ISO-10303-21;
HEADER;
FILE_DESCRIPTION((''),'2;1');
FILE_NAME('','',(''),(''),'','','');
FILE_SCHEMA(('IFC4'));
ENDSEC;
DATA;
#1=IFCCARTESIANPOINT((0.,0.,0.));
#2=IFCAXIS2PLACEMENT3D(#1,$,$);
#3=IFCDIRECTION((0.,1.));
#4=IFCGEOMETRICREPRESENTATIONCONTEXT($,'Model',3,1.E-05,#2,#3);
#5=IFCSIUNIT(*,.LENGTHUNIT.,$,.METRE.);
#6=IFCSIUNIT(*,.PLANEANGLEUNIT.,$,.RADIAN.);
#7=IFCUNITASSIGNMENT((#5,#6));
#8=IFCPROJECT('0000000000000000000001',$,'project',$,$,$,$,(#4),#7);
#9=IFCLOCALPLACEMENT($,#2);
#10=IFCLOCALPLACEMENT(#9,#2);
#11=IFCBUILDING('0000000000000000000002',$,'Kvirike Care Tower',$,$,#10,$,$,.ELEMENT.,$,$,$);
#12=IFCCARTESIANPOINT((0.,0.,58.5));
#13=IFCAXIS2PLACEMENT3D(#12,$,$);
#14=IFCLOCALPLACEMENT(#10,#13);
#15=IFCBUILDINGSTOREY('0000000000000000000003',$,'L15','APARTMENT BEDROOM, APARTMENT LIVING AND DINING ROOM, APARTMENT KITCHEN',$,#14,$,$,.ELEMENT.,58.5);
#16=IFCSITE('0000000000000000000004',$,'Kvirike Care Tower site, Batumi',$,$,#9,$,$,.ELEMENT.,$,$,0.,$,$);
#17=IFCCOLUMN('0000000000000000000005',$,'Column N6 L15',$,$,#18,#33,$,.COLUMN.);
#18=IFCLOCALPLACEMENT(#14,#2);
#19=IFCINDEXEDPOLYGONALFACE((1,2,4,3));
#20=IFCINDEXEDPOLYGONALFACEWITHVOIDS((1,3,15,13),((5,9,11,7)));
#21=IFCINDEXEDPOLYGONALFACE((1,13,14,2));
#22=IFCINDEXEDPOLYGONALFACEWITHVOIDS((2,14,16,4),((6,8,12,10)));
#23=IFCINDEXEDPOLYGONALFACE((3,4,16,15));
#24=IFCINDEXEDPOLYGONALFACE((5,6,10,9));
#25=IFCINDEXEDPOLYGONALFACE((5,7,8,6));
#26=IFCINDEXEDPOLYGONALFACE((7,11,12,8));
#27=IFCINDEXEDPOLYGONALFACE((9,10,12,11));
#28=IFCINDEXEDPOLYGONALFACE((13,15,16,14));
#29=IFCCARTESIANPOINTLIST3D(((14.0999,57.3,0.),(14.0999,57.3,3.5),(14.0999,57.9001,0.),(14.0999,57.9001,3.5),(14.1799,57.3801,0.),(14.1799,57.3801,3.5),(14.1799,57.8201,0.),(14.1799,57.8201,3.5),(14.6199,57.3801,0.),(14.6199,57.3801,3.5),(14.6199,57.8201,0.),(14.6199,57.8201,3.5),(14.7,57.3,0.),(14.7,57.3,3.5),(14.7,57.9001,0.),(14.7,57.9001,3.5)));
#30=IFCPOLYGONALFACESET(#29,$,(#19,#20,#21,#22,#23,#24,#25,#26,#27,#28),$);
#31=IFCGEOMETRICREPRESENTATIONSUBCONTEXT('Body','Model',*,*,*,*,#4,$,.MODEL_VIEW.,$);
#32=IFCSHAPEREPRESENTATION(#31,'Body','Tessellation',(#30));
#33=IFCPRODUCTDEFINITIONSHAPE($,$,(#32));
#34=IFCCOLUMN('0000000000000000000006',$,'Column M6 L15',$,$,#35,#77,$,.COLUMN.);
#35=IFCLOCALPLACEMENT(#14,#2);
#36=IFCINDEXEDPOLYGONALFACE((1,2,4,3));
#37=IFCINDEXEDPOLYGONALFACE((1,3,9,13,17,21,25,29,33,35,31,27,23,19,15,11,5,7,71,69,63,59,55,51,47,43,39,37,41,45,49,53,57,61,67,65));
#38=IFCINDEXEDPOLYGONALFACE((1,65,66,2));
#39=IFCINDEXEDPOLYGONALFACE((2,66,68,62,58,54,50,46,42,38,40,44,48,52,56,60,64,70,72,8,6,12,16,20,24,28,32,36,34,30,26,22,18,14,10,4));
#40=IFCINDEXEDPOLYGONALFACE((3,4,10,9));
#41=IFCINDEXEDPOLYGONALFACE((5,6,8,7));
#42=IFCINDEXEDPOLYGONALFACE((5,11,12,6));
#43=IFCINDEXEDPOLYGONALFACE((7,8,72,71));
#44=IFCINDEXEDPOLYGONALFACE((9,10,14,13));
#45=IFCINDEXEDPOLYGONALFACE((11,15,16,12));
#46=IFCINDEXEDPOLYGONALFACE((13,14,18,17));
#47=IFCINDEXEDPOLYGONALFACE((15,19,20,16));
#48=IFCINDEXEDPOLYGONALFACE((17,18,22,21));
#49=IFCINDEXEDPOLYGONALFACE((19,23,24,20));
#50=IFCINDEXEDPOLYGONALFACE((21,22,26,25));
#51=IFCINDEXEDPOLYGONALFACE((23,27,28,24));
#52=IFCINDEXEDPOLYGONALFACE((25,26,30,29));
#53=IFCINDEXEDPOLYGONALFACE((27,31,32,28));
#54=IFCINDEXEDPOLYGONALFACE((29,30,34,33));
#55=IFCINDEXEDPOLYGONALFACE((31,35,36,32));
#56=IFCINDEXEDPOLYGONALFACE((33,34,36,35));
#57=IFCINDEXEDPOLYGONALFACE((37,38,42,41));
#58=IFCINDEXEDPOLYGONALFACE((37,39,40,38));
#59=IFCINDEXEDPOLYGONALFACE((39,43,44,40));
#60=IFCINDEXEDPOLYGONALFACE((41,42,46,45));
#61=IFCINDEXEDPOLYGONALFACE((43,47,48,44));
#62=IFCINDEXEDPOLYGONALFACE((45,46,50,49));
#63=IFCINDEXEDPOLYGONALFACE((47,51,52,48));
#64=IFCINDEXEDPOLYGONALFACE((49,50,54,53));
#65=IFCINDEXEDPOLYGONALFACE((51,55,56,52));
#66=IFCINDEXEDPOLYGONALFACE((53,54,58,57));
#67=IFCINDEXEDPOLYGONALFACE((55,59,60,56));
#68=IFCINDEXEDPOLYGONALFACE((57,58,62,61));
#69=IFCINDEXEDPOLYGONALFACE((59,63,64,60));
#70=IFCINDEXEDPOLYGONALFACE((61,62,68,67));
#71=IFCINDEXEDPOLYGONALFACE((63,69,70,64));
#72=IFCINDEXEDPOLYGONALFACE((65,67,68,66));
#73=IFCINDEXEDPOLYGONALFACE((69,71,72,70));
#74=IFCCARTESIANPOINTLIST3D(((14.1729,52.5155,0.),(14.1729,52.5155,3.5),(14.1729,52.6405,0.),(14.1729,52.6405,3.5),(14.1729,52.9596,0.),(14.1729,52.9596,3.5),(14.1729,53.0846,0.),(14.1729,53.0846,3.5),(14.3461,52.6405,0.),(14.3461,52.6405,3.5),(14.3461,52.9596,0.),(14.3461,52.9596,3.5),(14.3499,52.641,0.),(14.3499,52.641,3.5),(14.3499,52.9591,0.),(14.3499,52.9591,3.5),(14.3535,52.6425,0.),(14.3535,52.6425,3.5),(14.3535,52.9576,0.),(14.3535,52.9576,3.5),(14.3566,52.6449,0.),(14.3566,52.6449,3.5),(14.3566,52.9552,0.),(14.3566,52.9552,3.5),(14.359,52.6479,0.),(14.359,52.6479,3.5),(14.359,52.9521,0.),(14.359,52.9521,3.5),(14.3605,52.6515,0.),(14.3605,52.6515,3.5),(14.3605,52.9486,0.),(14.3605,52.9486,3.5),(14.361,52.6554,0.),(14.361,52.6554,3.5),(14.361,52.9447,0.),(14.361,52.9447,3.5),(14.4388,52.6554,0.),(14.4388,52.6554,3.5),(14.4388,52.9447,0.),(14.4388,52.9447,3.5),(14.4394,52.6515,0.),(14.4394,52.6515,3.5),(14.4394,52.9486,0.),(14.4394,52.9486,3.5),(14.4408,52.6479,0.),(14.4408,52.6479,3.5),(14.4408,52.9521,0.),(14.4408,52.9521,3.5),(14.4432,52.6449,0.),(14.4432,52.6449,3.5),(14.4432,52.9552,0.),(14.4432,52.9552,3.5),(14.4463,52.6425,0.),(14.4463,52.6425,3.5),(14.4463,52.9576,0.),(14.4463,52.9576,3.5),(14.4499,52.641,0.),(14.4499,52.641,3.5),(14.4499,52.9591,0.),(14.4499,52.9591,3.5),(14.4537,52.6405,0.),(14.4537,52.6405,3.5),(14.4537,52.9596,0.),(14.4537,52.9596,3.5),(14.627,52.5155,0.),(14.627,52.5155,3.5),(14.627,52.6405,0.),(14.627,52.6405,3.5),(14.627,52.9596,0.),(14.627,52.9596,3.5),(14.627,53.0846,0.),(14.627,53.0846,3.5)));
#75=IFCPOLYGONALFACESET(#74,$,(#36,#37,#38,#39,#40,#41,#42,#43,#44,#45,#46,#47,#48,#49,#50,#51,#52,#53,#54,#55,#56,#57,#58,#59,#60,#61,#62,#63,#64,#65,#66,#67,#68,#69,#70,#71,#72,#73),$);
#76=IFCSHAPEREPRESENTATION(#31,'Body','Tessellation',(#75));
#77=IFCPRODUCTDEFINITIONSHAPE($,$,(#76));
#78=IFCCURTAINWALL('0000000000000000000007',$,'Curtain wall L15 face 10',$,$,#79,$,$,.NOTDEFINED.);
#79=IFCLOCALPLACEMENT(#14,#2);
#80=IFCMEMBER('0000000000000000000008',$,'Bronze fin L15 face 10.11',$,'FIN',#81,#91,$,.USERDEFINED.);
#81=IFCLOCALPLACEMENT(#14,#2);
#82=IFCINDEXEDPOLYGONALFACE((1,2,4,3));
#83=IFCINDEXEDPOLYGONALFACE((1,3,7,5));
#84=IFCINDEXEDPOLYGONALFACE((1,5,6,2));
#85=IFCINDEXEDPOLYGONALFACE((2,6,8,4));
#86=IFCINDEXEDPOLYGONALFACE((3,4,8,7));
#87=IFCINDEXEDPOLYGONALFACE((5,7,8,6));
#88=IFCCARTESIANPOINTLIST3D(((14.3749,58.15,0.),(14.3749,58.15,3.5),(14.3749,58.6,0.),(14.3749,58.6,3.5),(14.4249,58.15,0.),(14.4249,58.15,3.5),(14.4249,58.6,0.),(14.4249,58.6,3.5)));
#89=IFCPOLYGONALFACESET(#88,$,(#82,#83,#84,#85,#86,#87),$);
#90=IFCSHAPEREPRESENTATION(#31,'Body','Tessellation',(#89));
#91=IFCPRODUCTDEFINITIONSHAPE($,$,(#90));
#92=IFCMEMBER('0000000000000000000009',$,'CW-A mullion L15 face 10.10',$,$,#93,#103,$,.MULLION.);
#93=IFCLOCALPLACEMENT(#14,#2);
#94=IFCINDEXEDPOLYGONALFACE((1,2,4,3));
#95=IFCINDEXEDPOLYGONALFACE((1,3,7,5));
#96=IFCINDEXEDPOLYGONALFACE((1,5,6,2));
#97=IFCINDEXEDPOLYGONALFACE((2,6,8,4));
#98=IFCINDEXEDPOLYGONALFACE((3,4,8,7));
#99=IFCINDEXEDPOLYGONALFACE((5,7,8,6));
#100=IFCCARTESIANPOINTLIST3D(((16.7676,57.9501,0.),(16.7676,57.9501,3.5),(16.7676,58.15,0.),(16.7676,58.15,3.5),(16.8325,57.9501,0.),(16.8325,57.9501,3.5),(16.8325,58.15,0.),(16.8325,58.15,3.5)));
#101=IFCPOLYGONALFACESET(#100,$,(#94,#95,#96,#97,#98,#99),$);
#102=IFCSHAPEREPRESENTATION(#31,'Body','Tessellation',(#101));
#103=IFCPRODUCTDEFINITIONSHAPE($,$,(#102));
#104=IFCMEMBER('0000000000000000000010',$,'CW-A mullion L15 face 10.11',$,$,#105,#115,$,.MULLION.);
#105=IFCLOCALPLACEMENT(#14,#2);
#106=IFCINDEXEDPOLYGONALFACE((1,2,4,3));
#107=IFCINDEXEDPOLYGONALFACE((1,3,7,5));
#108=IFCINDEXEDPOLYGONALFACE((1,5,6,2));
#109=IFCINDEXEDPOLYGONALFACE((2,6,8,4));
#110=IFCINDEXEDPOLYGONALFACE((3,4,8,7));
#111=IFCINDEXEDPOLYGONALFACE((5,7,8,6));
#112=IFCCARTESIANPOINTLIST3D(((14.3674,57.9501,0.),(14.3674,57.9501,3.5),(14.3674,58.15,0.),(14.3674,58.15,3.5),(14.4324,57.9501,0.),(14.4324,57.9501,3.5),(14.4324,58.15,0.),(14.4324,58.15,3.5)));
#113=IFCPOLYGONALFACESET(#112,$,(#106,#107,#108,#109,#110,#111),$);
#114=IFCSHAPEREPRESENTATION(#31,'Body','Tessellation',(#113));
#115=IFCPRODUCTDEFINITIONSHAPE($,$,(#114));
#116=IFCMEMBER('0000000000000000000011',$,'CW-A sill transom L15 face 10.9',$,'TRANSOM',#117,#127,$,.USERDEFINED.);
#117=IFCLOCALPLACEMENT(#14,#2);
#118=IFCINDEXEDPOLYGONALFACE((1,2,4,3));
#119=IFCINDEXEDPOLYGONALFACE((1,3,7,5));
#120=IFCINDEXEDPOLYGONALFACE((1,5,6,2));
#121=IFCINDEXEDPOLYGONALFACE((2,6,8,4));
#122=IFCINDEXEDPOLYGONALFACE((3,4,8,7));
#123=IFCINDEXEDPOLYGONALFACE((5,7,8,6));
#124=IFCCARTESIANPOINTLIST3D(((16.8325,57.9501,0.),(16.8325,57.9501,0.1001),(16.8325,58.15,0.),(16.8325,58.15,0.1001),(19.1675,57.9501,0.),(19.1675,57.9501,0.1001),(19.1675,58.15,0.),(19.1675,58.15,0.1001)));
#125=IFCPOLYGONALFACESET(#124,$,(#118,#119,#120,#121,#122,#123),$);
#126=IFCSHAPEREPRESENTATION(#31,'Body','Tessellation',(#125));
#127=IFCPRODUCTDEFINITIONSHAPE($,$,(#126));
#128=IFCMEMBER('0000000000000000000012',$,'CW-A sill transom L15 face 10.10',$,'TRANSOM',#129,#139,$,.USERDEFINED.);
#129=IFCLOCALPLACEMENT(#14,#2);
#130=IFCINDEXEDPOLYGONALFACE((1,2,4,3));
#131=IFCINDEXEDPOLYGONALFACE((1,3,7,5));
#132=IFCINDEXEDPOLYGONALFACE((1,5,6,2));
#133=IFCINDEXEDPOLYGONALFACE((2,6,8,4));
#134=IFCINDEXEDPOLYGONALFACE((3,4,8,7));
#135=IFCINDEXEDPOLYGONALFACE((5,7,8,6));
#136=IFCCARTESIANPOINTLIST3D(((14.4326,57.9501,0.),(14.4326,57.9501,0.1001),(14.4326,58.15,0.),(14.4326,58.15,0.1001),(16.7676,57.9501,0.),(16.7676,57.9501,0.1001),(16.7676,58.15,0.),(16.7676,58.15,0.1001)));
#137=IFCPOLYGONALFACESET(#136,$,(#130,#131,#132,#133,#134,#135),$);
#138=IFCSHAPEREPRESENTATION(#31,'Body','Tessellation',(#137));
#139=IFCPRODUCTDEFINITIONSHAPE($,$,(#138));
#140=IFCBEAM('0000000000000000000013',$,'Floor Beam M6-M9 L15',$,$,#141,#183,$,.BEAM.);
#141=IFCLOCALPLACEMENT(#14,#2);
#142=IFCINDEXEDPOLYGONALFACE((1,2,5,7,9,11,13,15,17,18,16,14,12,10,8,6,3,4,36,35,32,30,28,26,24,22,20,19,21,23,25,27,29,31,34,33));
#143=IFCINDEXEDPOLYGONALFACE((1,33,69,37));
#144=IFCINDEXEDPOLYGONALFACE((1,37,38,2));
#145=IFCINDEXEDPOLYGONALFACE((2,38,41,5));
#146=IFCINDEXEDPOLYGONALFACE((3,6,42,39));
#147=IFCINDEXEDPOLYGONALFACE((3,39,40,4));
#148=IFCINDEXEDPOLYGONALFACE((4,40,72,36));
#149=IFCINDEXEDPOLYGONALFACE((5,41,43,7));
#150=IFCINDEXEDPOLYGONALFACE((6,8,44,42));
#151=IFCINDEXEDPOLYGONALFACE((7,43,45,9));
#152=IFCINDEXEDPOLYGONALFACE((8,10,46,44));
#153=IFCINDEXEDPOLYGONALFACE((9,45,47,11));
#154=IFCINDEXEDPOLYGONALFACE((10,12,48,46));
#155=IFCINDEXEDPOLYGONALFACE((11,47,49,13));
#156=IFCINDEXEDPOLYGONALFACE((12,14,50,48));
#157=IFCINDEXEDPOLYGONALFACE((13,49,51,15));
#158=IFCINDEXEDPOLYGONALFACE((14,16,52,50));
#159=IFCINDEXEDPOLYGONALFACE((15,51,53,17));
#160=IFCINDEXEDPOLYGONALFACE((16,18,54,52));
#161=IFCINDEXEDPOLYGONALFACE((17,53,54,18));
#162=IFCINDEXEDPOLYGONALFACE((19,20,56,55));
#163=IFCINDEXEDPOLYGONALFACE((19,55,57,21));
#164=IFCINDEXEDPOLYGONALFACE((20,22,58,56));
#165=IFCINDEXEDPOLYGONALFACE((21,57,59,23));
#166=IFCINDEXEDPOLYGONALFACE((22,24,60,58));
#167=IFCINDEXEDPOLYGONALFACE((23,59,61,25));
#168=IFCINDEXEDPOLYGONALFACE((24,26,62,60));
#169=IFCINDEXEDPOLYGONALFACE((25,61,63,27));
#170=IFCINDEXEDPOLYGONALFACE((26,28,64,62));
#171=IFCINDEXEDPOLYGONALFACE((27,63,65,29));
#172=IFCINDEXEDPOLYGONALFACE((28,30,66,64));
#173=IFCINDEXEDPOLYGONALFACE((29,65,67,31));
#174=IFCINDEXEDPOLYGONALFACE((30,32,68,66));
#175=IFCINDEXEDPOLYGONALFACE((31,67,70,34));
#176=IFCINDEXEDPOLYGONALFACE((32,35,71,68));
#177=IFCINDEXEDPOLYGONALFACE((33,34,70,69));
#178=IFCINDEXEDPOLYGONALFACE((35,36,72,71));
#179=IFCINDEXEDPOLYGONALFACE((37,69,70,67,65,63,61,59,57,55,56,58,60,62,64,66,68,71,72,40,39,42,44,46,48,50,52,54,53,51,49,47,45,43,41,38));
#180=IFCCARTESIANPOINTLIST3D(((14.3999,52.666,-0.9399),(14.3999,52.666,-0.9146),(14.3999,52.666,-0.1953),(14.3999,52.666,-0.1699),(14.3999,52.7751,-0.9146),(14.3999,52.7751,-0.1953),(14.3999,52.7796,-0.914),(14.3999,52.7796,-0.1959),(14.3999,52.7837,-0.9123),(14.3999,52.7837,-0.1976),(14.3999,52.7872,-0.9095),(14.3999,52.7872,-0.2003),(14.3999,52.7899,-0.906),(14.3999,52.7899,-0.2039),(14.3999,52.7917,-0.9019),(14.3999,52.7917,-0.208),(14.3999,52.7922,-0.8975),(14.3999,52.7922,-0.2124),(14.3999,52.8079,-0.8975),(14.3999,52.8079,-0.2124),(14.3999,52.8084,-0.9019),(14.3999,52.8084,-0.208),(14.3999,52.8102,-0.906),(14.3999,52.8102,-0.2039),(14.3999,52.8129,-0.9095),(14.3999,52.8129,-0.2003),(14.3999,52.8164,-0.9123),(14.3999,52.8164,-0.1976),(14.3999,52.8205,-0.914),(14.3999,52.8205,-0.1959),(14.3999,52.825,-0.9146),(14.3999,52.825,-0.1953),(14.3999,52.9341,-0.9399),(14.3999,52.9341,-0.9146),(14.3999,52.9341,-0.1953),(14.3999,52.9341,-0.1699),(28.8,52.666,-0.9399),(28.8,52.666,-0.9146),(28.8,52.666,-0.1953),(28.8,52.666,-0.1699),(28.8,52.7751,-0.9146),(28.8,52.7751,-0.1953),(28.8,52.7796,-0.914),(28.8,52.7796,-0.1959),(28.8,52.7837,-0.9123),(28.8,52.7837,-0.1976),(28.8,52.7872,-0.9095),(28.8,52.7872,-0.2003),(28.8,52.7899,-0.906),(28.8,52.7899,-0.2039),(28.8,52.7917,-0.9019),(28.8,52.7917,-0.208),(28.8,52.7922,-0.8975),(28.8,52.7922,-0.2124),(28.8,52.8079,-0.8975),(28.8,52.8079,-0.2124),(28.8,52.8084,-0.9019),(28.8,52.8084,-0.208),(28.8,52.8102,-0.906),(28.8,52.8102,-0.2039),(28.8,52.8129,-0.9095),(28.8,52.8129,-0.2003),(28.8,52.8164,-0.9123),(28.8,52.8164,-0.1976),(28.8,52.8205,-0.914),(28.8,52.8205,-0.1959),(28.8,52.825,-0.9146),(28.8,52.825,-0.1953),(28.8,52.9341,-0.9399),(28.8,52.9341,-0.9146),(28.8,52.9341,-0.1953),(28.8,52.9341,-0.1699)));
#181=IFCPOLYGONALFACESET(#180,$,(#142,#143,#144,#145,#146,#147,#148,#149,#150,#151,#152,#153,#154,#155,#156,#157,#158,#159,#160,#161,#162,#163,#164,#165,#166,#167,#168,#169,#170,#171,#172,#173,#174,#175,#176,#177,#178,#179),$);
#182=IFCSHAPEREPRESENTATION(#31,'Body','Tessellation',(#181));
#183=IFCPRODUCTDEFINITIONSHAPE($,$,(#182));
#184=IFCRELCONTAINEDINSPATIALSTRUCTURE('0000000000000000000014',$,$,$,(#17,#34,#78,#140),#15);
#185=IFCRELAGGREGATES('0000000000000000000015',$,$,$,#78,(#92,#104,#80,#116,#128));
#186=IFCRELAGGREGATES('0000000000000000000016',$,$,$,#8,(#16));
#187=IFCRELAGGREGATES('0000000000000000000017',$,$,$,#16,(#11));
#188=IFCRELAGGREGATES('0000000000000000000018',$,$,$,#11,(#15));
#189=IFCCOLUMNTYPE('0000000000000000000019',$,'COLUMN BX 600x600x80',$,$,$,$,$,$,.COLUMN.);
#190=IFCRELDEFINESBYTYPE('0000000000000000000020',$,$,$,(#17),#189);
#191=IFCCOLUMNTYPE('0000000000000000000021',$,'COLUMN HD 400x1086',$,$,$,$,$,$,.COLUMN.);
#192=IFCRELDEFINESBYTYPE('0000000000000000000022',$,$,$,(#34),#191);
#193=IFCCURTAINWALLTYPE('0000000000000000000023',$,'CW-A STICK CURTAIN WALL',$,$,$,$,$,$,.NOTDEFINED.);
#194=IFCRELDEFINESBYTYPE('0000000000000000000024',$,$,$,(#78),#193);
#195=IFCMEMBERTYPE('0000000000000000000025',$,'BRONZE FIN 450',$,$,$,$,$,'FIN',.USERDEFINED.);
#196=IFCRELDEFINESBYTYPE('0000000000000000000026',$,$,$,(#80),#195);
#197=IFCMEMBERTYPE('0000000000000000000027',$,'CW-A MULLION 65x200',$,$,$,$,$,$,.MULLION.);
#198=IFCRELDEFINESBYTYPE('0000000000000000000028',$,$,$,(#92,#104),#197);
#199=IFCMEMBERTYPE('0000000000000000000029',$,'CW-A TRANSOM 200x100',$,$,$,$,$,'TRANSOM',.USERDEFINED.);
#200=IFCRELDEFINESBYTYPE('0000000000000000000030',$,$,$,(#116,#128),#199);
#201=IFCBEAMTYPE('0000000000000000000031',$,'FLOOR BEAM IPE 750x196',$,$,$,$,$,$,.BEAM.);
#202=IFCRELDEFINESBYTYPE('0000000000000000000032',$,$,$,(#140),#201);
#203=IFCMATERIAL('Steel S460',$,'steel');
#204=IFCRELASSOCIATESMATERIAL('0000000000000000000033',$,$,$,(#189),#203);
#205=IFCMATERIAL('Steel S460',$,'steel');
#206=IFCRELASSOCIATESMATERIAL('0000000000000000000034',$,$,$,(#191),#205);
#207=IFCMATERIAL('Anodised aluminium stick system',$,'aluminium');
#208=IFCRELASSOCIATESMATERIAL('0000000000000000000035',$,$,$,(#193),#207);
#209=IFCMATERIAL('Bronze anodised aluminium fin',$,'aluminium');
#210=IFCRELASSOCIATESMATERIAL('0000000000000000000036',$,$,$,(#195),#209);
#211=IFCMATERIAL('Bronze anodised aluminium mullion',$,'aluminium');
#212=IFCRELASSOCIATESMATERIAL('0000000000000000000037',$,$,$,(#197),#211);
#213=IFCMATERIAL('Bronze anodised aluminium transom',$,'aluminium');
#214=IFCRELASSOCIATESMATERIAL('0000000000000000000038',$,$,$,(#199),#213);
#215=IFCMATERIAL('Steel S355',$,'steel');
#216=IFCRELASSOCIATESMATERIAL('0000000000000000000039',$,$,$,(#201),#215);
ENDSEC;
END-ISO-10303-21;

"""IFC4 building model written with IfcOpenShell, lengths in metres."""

from ifc_helpers import new_model, si_unit, direction, frame, origin, origin_2d, place, context, subcontext, project, spatial, rectangle, hollow_rectangle, i_section, extrude, material, material_profile, profile_set, type_object, element, aggregate, save


model = new_model("IFC4")

# Units and contexts
model_context = context("Model", 3, precision=1e-05, world=origin(), true_north=direction((0.0, 1.0)))
body_context = subcontext(model_context, "Body", "Model", "MODEL_VIEW")
ifc_project = project(units=[si_unit("LENGTHUNIT", "METRE"), si_unit("PLANEANGLEUNIT", "RADIAN")], contexts=[model_context])

# Site, building, storey
site_placement = place(None, origin())
site = spatial("IfcSite", under=ifc_project, at=site_placement, Name="Kvirike Care Tower site, Batumi", CompositionType="ELEMENT", RefElevation=0.0)
building_placement = place(site_placement, origin())
building = spatial("IfcBuilding", under=site, at=building_placement, Name="Kvirike Care Tower", CompositionType="ELEMENT")
storey_placement = place(building_placement, frame((0.0, 0.0, 58.5)))
storey = spatial("IfcBuildingStorey", under=building, at=storey_placement, Name="L15", Description="APARTMENT BEDROOM, APARTMENT LIVING AND DINING ROOM, APARTMENT KITCHEN", CompositionType="ELEMENT", Elevation=58.5)

# Columns
ifc_material_1 = material(Name="Steel S460", Category="steel")
ifc_material_profile_1 = material_profile(ifc_material_1, hollow_rectangle(XDim=0.6001, YDim=0.6001, WallThickness=0.0801, at=origin_2d()), Name="BX 600x600x80")
ifc_profile_set_1 = profile_set([ifc_material_profile_1], Name="Steel S460")
column_type_1 = type_object("IfcColumnType", Name="COLUMN BX 600x600x80", PredefinedType="COLUMN", material=ifc_profile_set_1)
column_1_placement = place(storey_placement, frame((14.3999, 57.6001, 0.0), z_axis=(0.0, 0.0, 1.0), x_axis=(0.0, 1.0, 0.0)))
element("IfcColumn", 1, at=column_1_placement, inside=storey, type_object=column_type_1, Name="Column N6 L15", PredefinedType="COLUMN", context=body_context, shape_type="SweptSolid", body=[
    extrude(hollow_rectangle(XDim=0.6001, YDim=0.6001, WallThickness=0.0801, at=origin_2d()), origin(), (0.0, 0.0, 1.0), 3.5),
])
ifc_material_2 = material(Name="Steel S460", Category="steel")
ifc_material_profile_2 = material_profile(ifc_material_2, i_section(OverallWidth=0.4541, OverallDepth=0.5691, WebThickness=0.0779, FlangeThickness=0.125, FilletRadius=0.0149, at=origin_2d()), Name="HD 400x1086")
ifc_profile_set_2 = profile_set([ifc_material_profile_2], Name="Steel S460")
column_type_2 = type_object("IfcColumnType", Name="COLUMN HD 400x1086", PredefinedType="COLUMN", material=ifc_profile_set_2)
column_2_placement = place(storey_placement, frame((14.3999, 52.8, 0.0), z_axis=(0.0, 0.0, 1.0), x_axis=(1.0, 0.0, 0.0)))
element("IfcColumn", 2, at=column_2_placement, inside=storey, type_object=column_type_2, Name="Column M6 L15", PredefinedType="COLUMN", context=body_context, shape_type="SweptSolid", body=[
    extrude(i_section(OverallWidth=0.4541, OverallDepth=0.5691, WebThickness=0.0779, FlangeThickness=0.125, FilletRadius=0.0149, at=origin_2d()), origin(), (0.0, 0.0, 1.0), 3.5),
])

# Curtain wall, members
ifc_material_3 = material(Name="Anodised aluminium stick system", Category="aluminium")
curtain_wall_type = type_object("IfcCurtainWallType", Name="CW-A STICK CURTAIN WALL", PredefinedType="NOTDEFINED", material=ifc_material_3)
curtain_wall_placement = place(storey_placement, origin())
curtain_wall = element("IfcCurtainWall", 3, at=curtain_wall_placement, inside=storey, type_object=curtain_wall_type, Name="Curtain wall L15 face 10", PredefinedType="NOTDEFINED")
ifc_material_4 = material(Name="Bronze anodised aluminium fin", Category="aluminium")
ifc_material_profile_3 = material_profile(ifc_material_4, rectangle(XDim=0.05, YDim=0.45, at=origin_2d()), Name="BRONZE FIN 450")
ifc_profile_set_3 = profile_set([ifc_material_profile_3], Name="Bronze anodised aluminium fin")
member_type_1 = type_object("IfcMemberType", Name="BRONZE FIN 450", ElementType="FIN", PredefinedType="USERDEFINED", material=ifc_profile_set_3)
member_1_placement = place(storey_placement, frame((14.3999, 58.375, 0.0), z_axis=(0.0, 0.0, 1.0), x_axis=(-1.0, 0.0, 0.0)))
member_1 = element("IfcMember", 4, at=member_1_placement, type_object=member_type_1, Name="Bronze fin L15 face 10.11", ObjectType="FIN", PredefinedType="USERDEFINED", context=body_context, shape_type="SweptSolid", body=[
    extrude(rectangle(XDim=0.05, YDim=0.45, at=origin_2d()), origin(), (0.0, 0.0, 1.0), 3.5),
])
ifc_material_5 = material(Name="Bronze anodised aluminium mullion", Category="aluminium")
ifc_material_profile_4 = material_profile(ifc_material_5, rectangle(XDim=0.0649, YDim=0.2, at=origin_2d()), Name="CW-A MULLION 65x200")
ifc_profile_set_4 = profile_set([ifc_material_profile_4], Name="Bronze anodised aluminium mullion")
member_type_2 = type_object("IfcMemberType", Name="CW-A MULLION 65x200", PredefinedType="MULLION", material=ifc_profile_set_4)
member_2_placement = place(storey_placement, frame((16.8, 58.05, 0.0), z_axis=(0.0, 0.0, 1.0), x_axis=(-1.0, 0.0, 0.0)))
member_2 = element("IfcMember", 5, at=member_2_placement, type_object=member_type_2, Name="CW-A mullion L15 face 10.10", PredefinedType="MULLION", context=body_context, shape_type="SweptSolid", body=[
    extrude(rectangle(XDim=0.0649, YDim=0.2, at=origin_2d()), origin(), (0.0, 0.0, 1.0), 3.5),
])
member_3_placement = place(storey_placement, frame((14.3999, 58.05, 0.0), z_axis=(0.0, 0.0, 1.0), x_axis=(-1.0, 0.0, 0.0)))
member_3 = element("IfcMember", 6, at=member_3_placement, type_object=member_type_2, Name="CW-A mullion L15 face 10.11", PredefinedType="MULLION", context=body_context, shape_type="SweptSolid", body=[
    extrude(rectangle(XDim=0.0649, YDim=0.2, at=origin_2d()), origin(), (0.0, 0.0, 1.0), 3.5),
])
ifc_material_6 = material(Name="Bronze anodised aluminium transom", Category="aluminium")
ifc_material_profile_5 = material_profile(ifc_material_6, rectangle(XDim=0.2, YDim=0.1001, at=origin_2d()), Name="CW-A TRANSOM 200x100")
ifc_profile_set_5 = profile_set([ifc_material_profile_5], Name="Bronze anodised aluminium transom")
member_type_3 = type_object("IfcMemberType", Name="CW-A TRANSOM 200x100", ElementType="TRANSOM", PredefinedType="USERDEFINED", material=ifc_profile_set_5)
member_4_placement = place(storey_placement, frame((19.1675, 58.05, 0.05), z_axis=(-1.0, 0.0, 0.0), x_axis=(0.0, -1.0, 0.0)))
member_4 = element("IfcMember", 7, at=member_4_placement, type_object=member_type_3, Name="CW-A sill transom L15 face 10.9", ObjectType="TRANSOM", PredefinedType="USERDEFINED", context=body_context, shape_type="SweptSolid", body=[
    extrude(rectangle(XDim=0.2, YDim=0.1001, at=origin_2d()), origin(), (0.0, 0.0, 1.0), 2.335),
])
member_5_placement = place(storey_placement, frame((16.7676, 58.05, 0.05), z_axis=(-1.0, 0.0, 0.0), x_axis=(0.0, -1.0, 0.0)))
member_5 = element("IfcMember", 8, at=member_5_placement, type_object=member_type_3, Name="CW-A sill transom L15 face 10.10", ObjectType="TRANSOM", PredefinedType="USERDEFINED", context=body_context, shape_type="SweptSolid", body=[
    extrude(rectangle(XDim=0.2, YDim=0.1001, at=origin_2d()), origin(), (0.0, 0.0, 1.0), 2.335),
])

# Beam
ifc_material_7 = material(Name="Steel S355", Category="steel")
ifc_material_profile_6 = material_profile(ifc_material_7, i_section(OverallWidth=0.2681, OverallDepth=0.77, WebThickness=0.0156, FlangeThickness=0.0254, FilletRadius=0.0171, at=origin_2d()), Name="IPE 750x196")
ifc_profile_set_6 = profile_set([ifc_material_profile_6], Name="Steel S355")
beam_type_1 = type_object("IfcBeamType", Name="FLOOR BEAM IPE 750x196", PredefinedType="BEAM", material=ifc_profile_set_6)
beam_1_placement = place(storey_placement, frame((14.3999, 52.8, -0.5549), z_axis=(1.0, 0.0, 0.0), x_axis=(0.0, 1.0, 0.0)))
element("IfcBeam", 9, at=beam_1_placement, inside=storey, type_object=beam_type_1, Name="Floor Beam M6-M9 L15", PredefinedType="BEAM", context=body_context, shape_type="SweptSolid", body=[
    extrude(i_section(OverallWidth=0.2681, OverallDepth=0.77, WebThickness=0.0156, FlangeThickness=0.0254, FilletRadius=0.0171, at=origin_2d()), origin(), (0.0, 0.0, 1.0), 14.4001),
])

aggregate(curtain_wall, [member_2, member_3, member_1, member_4, member_5])

save(model, "model.ifc")
